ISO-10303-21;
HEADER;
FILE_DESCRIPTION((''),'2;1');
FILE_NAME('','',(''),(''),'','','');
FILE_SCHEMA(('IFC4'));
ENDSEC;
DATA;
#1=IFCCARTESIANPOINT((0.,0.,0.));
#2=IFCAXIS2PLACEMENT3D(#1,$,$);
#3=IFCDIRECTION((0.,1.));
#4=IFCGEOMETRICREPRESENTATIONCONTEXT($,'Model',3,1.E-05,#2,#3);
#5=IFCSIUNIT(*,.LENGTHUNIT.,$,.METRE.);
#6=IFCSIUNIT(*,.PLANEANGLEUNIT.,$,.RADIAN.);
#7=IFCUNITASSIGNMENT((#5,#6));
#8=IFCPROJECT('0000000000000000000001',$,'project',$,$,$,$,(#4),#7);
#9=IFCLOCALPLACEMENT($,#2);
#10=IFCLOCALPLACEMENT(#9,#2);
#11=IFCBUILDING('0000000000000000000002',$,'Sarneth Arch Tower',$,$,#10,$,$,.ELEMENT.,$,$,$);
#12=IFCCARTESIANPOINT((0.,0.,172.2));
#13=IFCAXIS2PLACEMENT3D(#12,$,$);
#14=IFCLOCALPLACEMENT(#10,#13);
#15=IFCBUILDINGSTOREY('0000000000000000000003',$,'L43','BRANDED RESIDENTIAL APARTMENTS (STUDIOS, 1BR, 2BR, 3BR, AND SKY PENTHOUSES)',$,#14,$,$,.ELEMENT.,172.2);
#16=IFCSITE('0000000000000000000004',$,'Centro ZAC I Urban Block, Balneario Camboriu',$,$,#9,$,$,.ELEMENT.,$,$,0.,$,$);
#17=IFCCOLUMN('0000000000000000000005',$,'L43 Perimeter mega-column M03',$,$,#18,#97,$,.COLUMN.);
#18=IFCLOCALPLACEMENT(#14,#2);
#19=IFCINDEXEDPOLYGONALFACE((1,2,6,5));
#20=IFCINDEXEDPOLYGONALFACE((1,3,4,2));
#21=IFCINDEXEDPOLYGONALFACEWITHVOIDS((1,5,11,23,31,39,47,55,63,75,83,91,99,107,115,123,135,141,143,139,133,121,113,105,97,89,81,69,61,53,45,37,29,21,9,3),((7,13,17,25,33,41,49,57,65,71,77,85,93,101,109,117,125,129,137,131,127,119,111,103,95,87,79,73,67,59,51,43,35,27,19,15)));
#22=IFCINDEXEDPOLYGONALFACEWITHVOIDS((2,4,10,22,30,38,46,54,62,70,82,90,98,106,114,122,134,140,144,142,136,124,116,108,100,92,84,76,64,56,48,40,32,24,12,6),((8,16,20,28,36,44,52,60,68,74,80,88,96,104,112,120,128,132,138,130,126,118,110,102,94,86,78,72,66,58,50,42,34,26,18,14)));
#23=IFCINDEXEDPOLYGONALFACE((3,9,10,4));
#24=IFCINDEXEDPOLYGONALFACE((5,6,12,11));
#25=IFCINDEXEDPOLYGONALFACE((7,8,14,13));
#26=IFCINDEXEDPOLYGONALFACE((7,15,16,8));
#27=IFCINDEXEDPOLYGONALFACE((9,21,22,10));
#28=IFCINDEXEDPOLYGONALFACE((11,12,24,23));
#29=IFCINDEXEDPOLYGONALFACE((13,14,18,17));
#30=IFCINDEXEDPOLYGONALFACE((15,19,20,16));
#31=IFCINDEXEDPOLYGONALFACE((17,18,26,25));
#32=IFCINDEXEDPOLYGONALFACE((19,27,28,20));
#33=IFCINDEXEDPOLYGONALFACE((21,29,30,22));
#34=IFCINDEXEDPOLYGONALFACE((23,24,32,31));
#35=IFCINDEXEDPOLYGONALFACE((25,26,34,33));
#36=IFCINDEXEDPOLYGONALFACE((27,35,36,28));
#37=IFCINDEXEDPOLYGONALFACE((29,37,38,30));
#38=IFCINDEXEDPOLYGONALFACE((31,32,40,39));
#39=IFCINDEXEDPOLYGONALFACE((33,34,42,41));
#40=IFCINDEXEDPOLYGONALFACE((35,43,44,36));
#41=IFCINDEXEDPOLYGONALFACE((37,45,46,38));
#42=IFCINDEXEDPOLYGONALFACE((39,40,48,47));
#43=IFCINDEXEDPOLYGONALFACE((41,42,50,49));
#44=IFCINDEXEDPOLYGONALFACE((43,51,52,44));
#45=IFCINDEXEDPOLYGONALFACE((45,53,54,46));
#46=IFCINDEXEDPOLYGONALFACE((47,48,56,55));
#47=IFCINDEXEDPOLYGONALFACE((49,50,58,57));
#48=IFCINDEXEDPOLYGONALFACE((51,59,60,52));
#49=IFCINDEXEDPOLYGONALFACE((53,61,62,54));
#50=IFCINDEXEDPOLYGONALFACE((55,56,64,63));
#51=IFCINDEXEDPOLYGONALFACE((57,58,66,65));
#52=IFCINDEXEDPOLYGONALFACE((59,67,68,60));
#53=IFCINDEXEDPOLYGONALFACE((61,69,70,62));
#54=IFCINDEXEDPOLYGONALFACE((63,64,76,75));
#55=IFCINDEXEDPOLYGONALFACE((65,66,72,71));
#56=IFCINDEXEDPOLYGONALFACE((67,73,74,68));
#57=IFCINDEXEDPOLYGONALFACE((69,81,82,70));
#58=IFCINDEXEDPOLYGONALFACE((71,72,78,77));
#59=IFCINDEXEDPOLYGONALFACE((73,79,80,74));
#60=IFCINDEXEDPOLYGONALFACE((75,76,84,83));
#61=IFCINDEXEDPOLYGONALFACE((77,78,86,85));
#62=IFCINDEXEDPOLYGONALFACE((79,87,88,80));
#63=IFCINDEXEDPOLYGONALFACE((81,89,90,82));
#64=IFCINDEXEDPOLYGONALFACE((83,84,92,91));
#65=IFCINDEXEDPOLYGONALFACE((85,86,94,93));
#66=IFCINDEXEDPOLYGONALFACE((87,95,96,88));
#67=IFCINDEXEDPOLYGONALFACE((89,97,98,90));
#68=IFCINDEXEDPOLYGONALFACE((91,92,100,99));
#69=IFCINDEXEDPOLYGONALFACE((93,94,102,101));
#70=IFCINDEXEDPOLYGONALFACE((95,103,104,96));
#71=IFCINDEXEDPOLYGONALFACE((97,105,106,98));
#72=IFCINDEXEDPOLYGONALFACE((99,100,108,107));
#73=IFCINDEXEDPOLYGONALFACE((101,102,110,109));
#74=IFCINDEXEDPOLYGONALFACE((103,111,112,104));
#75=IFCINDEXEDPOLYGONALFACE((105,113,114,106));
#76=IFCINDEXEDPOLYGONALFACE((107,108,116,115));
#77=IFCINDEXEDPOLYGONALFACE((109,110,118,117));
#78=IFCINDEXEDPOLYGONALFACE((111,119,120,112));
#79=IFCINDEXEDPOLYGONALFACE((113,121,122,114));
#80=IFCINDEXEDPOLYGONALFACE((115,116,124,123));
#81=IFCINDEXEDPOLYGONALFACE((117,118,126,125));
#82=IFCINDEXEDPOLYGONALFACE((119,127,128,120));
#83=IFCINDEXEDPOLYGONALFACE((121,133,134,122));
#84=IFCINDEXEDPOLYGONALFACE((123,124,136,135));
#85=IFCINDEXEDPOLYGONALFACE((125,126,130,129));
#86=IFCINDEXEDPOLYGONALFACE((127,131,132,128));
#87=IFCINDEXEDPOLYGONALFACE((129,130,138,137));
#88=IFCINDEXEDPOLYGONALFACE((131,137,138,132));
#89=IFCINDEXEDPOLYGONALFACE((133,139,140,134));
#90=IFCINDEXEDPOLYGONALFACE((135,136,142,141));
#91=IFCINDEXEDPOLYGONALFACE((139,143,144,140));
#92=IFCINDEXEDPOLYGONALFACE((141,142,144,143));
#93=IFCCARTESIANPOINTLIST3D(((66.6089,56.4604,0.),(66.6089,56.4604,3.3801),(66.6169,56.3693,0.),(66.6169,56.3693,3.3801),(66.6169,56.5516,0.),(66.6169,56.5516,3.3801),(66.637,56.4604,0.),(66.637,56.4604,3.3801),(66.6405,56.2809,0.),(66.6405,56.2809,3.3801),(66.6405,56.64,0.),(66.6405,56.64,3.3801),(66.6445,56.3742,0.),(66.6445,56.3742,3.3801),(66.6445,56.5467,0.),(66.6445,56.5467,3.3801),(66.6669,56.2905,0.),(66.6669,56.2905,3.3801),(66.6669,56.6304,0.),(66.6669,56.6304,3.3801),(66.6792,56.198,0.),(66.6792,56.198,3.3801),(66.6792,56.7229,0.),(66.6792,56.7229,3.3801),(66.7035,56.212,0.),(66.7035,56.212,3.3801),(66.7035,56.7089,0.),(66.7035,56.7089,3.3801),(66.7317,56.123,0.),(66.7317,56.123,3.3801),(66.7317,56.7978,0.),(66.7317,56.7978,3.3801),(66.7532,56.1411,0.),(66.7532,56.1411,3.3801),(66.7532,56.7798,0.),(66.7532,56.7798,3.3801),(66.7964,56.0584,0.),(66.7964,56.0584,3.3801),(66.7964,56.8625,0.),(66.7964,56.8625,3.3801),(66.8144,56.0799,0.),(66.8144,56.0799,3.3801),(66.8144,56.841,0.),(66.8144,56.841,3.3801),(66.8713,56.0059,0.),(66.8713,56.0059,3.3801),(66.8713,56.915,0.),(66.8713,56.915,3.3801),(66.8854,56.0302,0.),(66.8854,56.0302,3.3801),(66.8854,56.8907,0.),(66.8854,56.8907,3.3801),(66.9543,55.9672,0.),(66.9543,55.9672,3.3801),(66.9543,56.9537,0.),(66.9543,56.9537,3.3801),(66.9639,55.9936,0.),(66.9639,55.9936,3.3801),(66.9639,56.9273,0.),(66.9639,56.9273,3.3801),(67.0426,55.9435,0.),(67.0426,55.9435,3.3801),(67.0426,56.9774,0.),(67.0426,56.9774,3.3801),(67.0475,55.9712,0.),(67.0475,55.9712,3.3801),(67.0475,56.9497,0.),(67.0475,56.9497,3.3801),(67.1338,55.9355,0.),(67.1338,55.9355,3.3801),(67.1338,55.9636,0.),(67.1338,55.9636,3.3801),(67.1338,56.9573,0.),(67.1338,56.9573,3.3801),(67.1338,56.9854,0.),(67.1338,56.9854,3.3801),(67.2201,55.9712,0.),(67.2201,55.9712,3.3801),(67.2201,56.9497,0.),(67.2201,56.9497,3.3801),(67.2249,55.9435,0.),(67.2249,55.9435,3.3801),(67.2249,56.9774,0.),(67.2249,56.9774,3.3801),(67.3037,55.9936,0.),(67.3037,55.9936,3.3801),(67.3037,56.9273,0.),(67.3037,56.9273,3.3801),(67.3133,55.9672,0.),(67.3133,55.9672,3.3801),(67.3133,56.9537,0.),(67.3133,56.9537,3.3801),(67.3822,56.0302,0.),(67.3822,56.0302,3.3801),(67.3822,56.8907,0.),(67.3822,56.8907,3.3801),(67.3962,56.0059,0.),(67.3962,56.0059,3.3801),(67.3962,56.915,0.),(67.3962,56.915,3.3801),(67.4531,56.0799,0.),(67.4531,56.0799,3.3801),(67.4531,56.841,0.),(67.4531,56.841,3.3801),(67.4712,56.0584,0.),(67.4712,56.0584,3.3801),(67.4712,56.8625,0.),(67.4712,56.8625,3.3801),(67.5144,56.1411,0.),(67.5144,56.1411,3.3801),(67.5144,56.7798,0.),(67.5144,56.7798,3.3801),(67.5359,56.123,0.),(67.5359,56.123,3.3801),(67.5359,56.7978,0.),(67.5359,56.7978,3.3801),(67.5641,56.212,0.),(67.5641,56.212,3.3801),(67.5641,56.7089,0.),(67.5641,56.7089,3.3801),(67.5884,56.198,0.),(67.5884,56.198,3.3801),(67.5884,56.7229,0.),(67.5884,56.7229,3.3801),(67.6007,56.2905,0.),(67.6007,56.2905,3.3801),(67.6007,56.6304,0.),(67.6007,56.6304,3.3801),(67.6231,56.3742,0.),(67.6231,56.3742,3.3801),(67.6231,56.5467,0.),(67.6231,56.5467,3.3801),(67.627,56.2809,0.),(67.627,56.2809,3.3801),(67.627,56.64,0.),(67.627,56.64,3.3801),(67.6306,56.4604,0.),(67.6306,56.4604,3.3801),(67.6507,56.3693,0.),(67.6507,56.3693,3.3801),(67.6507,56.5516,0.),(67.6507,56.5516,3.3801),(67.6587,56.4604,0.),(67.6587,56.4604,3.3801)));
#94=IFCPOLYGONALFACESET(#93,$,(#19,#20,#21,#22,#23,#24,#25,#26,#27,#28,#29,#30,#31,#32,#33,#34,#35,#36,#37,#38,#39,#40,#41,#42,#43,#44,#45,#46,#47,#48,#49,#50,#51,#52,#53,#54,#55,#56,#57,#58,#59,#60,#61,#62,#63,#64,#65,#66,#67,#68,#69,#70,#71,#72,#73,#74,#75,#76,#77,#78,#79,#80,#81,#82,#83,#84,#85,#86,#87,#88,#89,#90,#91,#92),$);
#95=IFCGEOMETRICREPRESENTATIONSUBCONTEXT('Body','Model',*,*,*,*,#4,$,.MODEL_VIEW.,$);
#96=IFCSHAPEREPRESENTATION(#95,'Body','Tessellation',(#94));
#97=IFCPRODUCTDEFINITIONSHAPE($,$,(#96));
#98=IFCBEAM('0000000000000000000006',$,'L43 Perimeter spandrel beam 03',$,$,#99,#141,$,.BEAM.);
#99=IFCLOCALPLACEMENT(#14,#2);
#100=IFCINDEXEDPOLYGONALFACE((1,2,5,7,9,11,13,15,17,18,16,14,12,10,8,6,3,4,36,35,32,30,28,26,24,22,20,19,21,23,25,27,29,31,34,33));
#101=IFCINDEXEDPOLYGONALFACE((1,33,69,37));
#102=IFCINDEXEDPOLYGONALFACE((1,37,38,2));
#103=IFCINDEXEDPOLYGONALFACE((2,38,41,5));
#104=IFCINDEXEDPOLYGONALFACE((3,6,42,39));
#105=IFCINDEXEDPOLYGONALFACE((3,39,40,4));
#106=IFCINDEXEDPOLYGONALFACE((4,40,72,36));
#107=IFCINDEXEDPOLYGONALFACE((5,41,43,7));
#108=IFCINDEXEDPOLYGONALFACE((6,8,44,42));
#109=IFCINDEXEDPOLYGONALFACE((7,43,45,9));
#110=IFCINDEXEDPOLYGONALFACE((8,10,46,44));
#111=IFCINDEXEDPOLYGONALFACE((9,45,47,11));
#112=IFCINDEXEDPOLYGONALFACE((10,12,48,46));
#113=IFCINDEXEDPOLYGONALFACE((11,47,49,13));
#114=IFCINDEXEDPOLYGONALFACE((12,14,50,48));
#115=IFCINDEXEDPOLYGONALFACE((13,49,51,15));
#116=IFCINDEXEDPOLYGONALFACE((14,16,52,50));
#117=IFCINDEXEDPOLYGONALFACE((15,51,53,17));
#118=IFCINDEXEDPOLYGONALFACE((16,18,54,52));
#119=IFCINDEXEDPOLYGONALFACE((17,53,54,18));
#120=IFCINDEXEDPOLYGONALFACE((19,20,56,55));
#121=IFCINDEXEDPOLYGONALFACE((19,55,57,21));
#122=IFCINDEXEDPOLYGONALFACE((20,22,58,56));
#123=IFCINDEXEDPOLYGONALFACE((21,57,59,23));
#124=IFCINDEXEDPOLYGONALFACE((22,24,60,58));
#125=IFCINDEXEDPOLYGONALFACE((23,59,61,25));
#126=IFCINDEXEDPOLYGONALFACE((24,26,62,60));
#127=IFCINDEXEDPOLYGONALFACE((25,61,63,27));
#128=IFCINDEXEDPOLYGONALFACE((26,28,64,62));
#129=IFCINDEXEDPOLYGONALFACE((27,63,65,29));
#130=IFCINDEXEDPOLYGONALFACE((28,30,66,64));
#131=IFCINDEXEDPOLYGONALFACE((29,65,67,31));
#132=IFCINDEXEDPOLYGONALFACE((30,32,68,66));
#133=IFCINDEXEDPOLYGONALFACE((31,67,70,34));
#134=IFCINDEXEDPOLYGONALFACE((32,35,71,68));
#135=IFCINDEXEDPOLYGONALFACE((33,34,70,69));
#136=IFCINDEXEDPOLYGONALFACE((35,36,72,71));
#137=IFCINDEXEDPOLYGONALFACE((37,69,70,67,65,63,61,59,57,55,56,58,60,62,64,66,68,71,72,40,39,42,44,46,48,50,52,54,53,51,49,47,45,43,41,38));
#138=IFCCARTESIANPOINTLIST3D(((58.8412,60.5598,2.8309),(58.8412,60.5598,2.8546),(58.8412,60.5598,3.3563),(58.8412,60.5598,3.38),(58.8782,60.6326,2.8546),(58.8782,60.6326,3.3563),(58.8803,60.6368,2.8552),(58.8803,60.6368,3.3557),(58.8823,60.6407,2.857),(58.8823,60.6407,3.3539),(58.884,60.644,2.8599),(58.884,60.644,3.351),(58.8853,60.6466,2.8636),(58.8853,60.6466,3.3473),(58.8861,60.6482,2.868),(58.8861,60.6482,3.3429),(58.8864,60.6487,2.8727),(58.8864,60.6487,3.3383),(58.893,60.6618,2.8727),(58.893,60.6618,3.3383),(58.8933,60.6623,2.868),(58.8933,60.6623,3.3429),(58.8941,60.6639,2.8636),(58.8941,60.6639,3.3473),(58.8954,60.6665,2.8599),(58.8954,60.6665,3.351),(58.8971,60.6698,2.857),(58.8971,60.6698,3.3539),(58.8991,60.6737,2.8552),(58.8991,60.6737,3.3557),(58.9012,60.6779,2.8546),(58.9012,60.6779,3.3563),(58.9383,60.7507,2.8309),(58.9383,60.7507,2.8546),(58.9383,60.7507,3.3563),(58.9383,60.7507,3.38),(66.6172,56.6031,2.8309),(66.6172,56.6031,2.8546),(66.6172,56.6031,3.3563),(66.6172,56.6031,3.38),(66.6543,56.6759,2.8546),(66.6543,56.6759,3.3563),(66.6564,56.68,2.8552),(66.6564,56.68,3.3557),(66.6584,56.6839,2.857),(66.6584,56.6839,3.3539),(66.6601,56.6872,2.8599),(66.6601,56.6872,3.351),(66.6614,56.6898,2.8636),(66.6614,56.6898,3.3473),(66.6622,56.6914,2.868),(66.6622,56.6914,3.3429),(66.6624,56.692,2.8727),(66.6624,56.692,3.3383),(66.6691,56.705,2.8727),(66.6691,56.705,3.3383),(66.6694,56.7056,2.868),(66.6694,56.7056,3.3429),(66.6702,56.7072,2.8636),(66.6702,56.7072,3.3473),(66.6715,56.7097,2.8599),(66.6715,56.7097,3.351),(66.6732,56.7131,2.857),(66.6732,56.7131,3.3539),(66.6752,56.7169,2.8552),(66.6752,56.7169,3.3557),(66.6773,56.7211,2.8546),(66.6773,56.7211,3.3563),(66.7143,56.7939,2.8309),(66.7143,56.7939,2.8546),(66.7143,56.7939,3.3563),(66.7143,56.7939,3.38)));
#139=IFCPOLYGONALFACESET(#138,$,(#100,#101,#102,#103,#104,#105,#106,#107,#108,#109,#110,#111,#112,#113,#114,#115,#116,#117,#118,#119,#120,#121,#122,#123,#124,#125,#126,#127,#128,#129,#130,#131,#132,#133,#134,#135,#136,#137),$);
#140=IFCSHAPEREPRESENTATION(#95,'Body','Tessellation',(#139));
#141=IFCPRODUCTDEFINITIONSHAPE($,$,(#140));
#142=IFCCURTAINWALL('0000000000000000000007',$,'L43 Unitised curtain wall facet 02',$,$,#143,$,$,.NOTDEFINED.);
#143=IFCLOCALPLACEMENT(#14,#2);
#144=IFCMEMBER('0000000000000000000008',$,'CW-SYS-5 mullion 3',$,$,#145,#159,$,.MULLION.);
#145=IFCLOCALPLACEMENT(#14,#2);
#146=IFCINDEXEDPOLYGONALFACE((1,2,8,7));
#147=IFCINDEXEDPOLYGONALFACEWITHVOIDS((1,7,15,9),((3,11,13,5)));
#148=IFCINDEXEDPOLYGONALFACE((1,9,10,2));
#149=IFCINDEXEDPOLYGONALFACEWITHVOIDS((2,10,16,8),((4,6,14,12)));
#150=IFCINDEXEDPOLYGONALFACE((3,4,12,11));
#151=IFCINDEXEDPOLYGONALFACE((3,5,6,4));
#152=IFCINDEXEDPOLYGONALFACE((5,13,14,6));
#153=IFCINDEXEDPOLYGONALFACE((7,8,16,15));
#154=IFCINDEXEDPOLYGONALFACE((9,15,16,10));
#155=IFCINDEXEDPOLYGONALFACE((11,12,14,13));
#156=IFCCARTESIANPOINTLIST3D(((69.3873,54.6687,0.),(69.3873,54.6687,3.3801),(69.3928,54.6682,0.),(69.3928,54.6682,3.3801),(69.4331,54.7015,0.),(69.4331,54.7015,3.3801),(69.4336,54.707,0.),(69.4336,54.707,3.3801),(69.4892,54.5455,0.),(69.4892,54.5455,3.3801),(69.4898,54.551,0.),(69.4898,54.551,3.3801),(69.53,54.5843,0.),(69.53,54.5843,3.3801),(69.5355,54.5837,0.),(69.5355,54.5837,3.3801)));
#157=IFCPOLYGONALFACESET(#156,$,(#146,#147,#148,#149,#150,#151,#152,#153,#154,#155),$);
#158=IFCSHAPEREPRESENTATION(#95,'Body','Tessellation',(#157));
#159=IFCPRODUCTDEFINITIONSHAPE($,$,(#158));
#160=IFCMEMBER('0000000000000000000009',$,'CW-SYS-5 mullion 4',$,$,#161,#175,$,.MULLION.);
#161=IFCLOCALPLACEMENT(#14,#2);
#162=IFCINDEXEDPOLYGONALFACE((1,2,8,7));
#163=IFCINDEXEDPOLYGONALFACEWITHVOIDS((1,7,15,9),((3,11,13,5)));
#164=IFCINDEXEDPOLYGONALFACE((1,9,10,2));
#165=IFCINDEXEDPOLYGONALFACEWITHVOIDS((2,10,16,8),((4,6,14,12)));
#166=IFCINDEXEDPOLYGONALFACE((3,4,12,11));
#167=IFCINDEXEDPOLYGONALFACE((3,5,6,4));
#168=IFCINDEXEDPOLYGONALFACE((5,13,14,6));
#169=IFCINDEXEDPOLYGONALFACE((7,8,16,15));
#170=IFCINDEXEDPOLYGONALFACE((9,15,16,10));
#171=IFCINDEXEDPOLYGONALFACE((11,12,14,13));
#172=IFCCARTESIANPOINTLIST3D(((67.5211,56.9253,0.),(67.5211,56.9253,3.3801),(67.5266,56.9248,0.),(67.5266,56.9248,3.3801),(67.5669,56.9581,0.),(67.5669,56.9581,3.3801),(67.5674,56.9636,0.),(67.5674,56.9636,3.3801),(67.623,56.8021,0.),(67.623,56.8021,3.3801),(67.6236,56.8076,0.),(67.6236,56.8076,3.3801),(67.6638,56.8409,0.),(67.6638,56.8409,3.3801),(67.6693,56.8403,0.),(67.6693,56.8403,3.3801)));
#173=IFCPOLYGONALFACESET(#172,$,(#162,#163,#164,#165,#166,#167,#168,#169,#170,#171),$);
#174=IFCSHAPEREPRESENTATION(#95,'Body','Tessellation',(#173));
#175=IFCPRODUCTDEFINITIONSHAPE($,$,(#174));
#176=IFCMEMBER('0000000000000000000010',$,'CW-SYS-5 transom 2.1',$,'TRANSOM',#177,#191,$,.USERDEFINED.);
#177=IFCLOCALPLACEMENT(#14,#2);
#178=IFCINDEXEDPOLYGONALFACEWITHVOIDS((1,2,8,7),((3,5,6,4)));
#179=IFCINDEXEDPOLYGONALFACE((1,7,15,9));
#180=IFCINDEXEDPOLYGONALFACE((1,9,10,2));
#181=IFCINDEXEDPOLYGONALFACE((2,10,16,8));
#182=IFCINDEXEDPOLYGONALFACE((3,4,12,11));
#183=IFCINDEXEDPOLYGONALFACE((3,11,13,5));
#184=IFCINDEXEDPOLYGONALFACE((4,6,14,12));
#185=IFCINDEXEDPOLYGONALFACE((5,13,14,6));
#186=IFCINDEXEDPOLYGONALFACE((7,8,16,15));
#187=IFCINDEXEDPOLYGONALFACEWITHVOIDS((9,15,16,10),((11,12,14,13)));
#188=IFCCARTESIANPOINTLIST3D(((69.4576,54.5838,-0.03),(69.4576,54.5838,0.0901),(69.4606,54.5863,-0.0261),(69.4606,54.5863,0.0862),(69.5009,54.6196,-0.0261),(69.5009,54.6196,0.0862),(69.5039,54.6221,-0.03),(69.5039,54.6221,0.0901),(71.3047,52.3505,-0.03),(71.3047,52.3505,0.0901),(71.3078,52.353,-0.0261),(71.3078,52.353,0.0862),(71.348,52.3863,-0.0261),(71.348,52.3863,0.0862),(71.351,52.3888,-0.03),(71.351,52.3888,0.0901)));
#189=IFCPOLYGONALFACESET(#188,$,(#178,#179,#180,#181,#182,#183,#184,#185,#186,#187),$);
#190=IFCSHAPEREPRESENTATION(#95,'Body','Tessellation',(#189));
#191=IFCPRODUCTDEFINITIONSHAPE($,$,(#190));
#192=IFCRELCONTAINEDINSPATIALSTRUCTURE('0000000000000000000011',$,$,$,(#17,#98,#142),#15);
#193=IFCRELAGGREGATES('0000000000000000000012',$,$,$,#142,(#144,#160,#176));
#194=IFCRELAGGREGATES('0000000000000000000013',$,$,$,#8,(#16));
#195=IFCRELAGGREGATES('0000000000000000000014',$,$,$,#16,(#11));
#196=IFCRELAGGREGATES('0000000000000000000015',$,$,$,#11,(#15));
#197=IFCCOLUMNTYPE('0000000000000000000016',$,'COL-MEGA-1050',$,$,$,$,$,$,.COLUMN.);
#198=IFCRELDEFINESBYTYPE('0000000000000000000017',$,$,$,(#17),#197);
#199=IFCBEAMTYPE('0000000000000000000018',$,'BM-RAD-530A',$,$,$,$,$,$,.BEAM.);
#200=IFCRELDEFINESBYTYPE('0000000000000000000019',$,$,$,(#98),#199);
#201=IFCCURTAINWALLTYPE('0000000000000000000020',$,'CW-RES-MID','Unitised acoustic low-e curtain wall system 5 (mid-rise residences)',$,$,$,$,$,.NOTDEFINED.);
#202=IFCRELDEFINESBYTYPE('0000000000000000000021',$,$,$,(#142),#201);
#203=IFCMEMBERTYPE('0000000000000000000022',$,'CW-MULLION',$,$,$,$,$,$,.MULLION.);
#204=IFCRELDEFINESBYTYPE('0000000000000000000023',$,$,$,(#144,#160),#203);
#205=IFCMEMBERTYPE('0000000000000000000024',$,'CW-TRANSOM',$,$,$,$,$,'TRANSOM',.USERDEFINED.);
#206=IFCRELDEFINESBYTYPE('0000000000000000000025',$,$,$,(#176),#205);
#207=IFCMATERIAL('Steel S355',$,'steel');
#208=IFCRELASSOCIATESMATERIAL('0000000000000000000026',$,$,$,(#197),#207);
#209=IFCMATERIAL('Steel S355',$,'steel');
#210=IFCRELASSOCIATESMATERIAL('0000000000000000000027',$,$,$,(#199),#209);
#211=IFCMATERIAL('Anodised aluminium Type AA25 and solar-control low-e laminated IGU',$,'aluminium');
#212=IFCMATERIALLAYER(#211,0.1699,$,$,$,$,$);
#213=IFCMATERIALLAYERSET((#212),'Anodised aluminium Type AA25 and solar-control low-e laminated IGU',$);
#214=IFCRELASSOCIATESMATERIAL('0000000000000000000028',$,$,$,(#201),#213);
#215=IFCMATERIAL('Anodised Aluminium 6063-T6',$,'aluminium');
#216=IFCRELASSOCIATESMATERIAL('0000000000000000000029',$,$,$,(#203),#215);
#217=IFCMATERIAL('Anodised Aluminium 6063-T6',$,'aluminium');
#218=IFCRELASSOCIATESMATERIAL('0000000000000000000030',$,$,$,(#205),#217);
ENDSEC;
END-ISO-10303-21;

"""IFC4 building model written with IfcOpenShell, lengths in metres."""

from ifc_helpers import new_model, si_unit, direction, frame, origin, origin_2d, place, context, subcontext, project, spatial, hollow_rectangle, hollow_circle, i_section, extrude, material, layer, layer_set, material_profile, profile_set, type_object, element, aggregate, save


model = new_model("IFC4")

# Units and contexts
model_context = context("Model", 3, precision=1e-05, world=origin(), true_north=direction((0.0, 1.0)))
body_context = subcontext(model_context, "Body", "Model", "MODEL_VIEW")
ifc_project = project(units=[si_unit("LENGTHUNIT", "METRE"), si_unit("PLANEANGLEUNIT", "RADIAN")], contexts=[model_context])

# Site, building, storey
site_placement = place(None, origin())
site = spatial("IfcSite", under=ifc_project, at=site_placement, Name="Centro ZAC I Urban Block, Balneario Camboriu", CompositionType="ELEMENT", RefElevation=0.0)
building_placement = place(site_placement, origin())
building = spatial("IfcBuilding", under=site, at=building_placement, Name="Sarneth Arch Tower", CompositionType="ELEMENT")
storey_placement = place(building_placement, frame((0.0, 0.0, 172.2)))
storey = spatial("IfcBuildingStorey", under=building, at=storey_placement, Name="L43", Description="BRANDED RESIDENTIAL APARTMENTS (STUDIOS, 1BR, 2BR, 3BR, AND SKY PENTHOUSES)", CompositionType="ELEMENT", Elevation=172.2)

# Column
ifc_material_1 = material(Name="Steel S355", Category="steel")
ifc_material_profile_1 = material_profile(ifc_material_1, hollow_circle(Radius=0.5249, WallThickness=0.0281, at=origin_2d()), Name="CHS1050x28")
ifc_profile_set_1 = profile_set([ifc_material_profile_1], Name="Steel S355")
column_type = type_object("IfcColumnType", Name="COL-MEGA-1050", PredefinedType="COLUMN", material=ifc_profile_set_1)
column_placement = place(storey_placement, frame((67.1338, 56.4604, 0.0), z_axis=(0.0, 0.0, 1.0), x_axis=(1.0, 0.0, 0.0)))
element("IfcColumn", 1, at=column_placement, inside=storey, type_object=column_type, Name="L43 Perimeter mega-column M03", PredefinedType="COLUMN", context=body_context, shape_type="SweptSolid", body=[
    extrude(hollow_circle(Radius=0.5249, WallThickness=0.0281, at=origin_2d()), origin(), (0.0, 0.0, 1.0), 3.3801),
])

# Beam
ifc_material_2 = material(Name="Steel S355", Category="steel")
ifc_material_profile_2 = material_profile(ifc_material_2, i_section(OverallWidth=0.2141, OverallDepth=0.5491, WebThickness=0.0146, FlangeThickness=0.0237, FilletRadius=0.0181, at=origin_2d()), Name="W530x138")
ifc_profile_set_2 = profile_set([ifc_material_profile_2], Name="Steel S355")
beam_type = type_object("IfcBeamType", Name="BM-RAD-530A", PredefinedType="BEAM", material=ifc_profile_set_2)
beam_placement = place(storey_placement, frame((66.6658, 56.6985, 3.1055), z_axis=(-0.891254, 0.453504, 0.0), x_axis=(-0.453504, -0.891254, 0.0)))
element("IfcBeam", 2, at=beam_placement, inside=storey, type_object=beam_type, Name="L43 Perimeter spandrel beam 03", PredefinedType="BEAM", context=body_context, shape_type="SweptSolid", body=[
    extrude(i_section(OverallWidth=0.2141, OverallDepth=0.5491, WebThickness=0.0146, FlangeThickness=0.0237, FilletRadius=0.0181, at=origin_2d()), origin(), (0.0, 0.0, 1.0), 8.7249),
])

# Curtain wall, members
ifc_material_3 = material(Name="Anodised aluminium Type AA25 and solar-control low-e laminated IGU", Category="aluminium")
ifc_layer_1 = layer(ifc_material_3, 0.1699)
ifc_layer_set_1 = layer_set([ifc_layer_1], Name="Anodised aluminium Type AA25 and solar-control low-e laminated IGU")
curtain_wall_type = type_object("IfcCurtainWallType", Name="CW-RES-MID", Description="Unitised acoustic low-e curtain wall system 5 (mid-rise residences)", PredefinedType="NOTDEFINED", material=ifc_layer_set_1)
curtain_wall_placement = place(storey_placement, origin())
curtain_wall = element("IfcCurtainWall", 3, at=curtain_wall_placement, inside=storey, type_object=curtain_wall_type, Name="L43 Unitised curtain wall facet 02", PredefinedType="NOTDEFINED")
ifc_material_4 = material(Name="Anodised Aluminium 6063-T6", Category="aluminium")
ifc_material_profile_3 = material_profile(ifc_material_4, hollow_rectangle(XDim=0.0601, YDim=0.1599, WallThickness=0.0039, at=origin_2d()), Name="AL-MULL-160x60x4")
ifc_profile_set_3 = profile_set([ifc_material_profile_3], Name="Anodised Aluminium 6063-T6")
member_type_1 = type_object("IfcMemberType", Name="CW-MULLION", PredefinedType="MULLION", material=ifc_profile_set_3)
member_1_placement = place(storey_placement, frame((69.4614, 54.6262, 0.0), z_axis=(0.0, 0.0, 1.0), x_axis=(-0.770591, -0.63733, 0.0)))
member_1 = element("IfcMember", 4, at=member_1_placement, type_object=member_type_1, Name="CW-SYS-5 mullion 3", PredefinedType="MULLION", context=body_context, shape_type="SweptSolid", body=[
    extrude(hollow_rectangle(XDim=0.0601, YDim=0.1599, WallThickness=0.0039, at=origin_2d()), origin(), (0.0, 0.0, 1.0), 3.3801),
])
member_2_placement = place(storey_placement, frame((67.5952, 56.8828, 0.0), z_axis=(0.0, 0.0, 1.0), x_axis=(-0.770591, -0.63733, 0.0)))
member_2 = element("IfcMember", 5, at=member_2_placement, type_object=member_type_1, Name="CW-SYS-5 mullion 4", PredefinedType="MULLION", context=body_context, shape_type="SweptSolid", body=[
    extrude(hollow_rectangle(XDim=0.0601, YDim=0.1599, WallThickness=0.0039, at=origin_2d()), origin(), (0.0, 0.0, 1.0), 3.3801),
])
ifc_material_5 = material(Name="Anodised Aluminium 6063-T6", Category="aluminium")
ifc_material_profile_4 = material_profile(ifc_material_5, hollow_rectangle(XDim=0.0601, YDim=0.1201, WallThickness=0.0039, at=origin_2d()), Name="AL-TRAN-120x60x4")
ifc_profile_set_4 = profile_set([ifc_material_profile_4], Name="Anodised Aluminium 6063-T6")
member_type_2 = type_object("IfcMemberType", Name="CW-TRANSOM", ElementType="TRANSOM", PredefinedType="USERDEFINED", material=ifc_profile_set_4)
member_3_placement = place(storey_placement, frame((71.3279, 52.3696, 0.03), z_axis=(-0.63733, 0.770591, 0.0), x_axis=(-0.770591, -0.63733, 0.0)))
member_3 = element("IfcMember", 6, at=member_3_placement, type_object=member_type_2, Name="CW-SYS-5 transom 2.1", ObjectType="TRANSOM", PredefinedType="USERDEFINED", context=body_context, shape_type="SweptSolid", body=[
    extrude(hollow_rectangle(XDim=0.0601, YDim=0.1201, WallThickness=0.0039, at=origin_2d()), origin(), (0.0, 0.0, 1.0), 2.8982),
])

aggregate(curtain_wall, [member_1, member_2, member_3])

save(model, "model.ifc")
